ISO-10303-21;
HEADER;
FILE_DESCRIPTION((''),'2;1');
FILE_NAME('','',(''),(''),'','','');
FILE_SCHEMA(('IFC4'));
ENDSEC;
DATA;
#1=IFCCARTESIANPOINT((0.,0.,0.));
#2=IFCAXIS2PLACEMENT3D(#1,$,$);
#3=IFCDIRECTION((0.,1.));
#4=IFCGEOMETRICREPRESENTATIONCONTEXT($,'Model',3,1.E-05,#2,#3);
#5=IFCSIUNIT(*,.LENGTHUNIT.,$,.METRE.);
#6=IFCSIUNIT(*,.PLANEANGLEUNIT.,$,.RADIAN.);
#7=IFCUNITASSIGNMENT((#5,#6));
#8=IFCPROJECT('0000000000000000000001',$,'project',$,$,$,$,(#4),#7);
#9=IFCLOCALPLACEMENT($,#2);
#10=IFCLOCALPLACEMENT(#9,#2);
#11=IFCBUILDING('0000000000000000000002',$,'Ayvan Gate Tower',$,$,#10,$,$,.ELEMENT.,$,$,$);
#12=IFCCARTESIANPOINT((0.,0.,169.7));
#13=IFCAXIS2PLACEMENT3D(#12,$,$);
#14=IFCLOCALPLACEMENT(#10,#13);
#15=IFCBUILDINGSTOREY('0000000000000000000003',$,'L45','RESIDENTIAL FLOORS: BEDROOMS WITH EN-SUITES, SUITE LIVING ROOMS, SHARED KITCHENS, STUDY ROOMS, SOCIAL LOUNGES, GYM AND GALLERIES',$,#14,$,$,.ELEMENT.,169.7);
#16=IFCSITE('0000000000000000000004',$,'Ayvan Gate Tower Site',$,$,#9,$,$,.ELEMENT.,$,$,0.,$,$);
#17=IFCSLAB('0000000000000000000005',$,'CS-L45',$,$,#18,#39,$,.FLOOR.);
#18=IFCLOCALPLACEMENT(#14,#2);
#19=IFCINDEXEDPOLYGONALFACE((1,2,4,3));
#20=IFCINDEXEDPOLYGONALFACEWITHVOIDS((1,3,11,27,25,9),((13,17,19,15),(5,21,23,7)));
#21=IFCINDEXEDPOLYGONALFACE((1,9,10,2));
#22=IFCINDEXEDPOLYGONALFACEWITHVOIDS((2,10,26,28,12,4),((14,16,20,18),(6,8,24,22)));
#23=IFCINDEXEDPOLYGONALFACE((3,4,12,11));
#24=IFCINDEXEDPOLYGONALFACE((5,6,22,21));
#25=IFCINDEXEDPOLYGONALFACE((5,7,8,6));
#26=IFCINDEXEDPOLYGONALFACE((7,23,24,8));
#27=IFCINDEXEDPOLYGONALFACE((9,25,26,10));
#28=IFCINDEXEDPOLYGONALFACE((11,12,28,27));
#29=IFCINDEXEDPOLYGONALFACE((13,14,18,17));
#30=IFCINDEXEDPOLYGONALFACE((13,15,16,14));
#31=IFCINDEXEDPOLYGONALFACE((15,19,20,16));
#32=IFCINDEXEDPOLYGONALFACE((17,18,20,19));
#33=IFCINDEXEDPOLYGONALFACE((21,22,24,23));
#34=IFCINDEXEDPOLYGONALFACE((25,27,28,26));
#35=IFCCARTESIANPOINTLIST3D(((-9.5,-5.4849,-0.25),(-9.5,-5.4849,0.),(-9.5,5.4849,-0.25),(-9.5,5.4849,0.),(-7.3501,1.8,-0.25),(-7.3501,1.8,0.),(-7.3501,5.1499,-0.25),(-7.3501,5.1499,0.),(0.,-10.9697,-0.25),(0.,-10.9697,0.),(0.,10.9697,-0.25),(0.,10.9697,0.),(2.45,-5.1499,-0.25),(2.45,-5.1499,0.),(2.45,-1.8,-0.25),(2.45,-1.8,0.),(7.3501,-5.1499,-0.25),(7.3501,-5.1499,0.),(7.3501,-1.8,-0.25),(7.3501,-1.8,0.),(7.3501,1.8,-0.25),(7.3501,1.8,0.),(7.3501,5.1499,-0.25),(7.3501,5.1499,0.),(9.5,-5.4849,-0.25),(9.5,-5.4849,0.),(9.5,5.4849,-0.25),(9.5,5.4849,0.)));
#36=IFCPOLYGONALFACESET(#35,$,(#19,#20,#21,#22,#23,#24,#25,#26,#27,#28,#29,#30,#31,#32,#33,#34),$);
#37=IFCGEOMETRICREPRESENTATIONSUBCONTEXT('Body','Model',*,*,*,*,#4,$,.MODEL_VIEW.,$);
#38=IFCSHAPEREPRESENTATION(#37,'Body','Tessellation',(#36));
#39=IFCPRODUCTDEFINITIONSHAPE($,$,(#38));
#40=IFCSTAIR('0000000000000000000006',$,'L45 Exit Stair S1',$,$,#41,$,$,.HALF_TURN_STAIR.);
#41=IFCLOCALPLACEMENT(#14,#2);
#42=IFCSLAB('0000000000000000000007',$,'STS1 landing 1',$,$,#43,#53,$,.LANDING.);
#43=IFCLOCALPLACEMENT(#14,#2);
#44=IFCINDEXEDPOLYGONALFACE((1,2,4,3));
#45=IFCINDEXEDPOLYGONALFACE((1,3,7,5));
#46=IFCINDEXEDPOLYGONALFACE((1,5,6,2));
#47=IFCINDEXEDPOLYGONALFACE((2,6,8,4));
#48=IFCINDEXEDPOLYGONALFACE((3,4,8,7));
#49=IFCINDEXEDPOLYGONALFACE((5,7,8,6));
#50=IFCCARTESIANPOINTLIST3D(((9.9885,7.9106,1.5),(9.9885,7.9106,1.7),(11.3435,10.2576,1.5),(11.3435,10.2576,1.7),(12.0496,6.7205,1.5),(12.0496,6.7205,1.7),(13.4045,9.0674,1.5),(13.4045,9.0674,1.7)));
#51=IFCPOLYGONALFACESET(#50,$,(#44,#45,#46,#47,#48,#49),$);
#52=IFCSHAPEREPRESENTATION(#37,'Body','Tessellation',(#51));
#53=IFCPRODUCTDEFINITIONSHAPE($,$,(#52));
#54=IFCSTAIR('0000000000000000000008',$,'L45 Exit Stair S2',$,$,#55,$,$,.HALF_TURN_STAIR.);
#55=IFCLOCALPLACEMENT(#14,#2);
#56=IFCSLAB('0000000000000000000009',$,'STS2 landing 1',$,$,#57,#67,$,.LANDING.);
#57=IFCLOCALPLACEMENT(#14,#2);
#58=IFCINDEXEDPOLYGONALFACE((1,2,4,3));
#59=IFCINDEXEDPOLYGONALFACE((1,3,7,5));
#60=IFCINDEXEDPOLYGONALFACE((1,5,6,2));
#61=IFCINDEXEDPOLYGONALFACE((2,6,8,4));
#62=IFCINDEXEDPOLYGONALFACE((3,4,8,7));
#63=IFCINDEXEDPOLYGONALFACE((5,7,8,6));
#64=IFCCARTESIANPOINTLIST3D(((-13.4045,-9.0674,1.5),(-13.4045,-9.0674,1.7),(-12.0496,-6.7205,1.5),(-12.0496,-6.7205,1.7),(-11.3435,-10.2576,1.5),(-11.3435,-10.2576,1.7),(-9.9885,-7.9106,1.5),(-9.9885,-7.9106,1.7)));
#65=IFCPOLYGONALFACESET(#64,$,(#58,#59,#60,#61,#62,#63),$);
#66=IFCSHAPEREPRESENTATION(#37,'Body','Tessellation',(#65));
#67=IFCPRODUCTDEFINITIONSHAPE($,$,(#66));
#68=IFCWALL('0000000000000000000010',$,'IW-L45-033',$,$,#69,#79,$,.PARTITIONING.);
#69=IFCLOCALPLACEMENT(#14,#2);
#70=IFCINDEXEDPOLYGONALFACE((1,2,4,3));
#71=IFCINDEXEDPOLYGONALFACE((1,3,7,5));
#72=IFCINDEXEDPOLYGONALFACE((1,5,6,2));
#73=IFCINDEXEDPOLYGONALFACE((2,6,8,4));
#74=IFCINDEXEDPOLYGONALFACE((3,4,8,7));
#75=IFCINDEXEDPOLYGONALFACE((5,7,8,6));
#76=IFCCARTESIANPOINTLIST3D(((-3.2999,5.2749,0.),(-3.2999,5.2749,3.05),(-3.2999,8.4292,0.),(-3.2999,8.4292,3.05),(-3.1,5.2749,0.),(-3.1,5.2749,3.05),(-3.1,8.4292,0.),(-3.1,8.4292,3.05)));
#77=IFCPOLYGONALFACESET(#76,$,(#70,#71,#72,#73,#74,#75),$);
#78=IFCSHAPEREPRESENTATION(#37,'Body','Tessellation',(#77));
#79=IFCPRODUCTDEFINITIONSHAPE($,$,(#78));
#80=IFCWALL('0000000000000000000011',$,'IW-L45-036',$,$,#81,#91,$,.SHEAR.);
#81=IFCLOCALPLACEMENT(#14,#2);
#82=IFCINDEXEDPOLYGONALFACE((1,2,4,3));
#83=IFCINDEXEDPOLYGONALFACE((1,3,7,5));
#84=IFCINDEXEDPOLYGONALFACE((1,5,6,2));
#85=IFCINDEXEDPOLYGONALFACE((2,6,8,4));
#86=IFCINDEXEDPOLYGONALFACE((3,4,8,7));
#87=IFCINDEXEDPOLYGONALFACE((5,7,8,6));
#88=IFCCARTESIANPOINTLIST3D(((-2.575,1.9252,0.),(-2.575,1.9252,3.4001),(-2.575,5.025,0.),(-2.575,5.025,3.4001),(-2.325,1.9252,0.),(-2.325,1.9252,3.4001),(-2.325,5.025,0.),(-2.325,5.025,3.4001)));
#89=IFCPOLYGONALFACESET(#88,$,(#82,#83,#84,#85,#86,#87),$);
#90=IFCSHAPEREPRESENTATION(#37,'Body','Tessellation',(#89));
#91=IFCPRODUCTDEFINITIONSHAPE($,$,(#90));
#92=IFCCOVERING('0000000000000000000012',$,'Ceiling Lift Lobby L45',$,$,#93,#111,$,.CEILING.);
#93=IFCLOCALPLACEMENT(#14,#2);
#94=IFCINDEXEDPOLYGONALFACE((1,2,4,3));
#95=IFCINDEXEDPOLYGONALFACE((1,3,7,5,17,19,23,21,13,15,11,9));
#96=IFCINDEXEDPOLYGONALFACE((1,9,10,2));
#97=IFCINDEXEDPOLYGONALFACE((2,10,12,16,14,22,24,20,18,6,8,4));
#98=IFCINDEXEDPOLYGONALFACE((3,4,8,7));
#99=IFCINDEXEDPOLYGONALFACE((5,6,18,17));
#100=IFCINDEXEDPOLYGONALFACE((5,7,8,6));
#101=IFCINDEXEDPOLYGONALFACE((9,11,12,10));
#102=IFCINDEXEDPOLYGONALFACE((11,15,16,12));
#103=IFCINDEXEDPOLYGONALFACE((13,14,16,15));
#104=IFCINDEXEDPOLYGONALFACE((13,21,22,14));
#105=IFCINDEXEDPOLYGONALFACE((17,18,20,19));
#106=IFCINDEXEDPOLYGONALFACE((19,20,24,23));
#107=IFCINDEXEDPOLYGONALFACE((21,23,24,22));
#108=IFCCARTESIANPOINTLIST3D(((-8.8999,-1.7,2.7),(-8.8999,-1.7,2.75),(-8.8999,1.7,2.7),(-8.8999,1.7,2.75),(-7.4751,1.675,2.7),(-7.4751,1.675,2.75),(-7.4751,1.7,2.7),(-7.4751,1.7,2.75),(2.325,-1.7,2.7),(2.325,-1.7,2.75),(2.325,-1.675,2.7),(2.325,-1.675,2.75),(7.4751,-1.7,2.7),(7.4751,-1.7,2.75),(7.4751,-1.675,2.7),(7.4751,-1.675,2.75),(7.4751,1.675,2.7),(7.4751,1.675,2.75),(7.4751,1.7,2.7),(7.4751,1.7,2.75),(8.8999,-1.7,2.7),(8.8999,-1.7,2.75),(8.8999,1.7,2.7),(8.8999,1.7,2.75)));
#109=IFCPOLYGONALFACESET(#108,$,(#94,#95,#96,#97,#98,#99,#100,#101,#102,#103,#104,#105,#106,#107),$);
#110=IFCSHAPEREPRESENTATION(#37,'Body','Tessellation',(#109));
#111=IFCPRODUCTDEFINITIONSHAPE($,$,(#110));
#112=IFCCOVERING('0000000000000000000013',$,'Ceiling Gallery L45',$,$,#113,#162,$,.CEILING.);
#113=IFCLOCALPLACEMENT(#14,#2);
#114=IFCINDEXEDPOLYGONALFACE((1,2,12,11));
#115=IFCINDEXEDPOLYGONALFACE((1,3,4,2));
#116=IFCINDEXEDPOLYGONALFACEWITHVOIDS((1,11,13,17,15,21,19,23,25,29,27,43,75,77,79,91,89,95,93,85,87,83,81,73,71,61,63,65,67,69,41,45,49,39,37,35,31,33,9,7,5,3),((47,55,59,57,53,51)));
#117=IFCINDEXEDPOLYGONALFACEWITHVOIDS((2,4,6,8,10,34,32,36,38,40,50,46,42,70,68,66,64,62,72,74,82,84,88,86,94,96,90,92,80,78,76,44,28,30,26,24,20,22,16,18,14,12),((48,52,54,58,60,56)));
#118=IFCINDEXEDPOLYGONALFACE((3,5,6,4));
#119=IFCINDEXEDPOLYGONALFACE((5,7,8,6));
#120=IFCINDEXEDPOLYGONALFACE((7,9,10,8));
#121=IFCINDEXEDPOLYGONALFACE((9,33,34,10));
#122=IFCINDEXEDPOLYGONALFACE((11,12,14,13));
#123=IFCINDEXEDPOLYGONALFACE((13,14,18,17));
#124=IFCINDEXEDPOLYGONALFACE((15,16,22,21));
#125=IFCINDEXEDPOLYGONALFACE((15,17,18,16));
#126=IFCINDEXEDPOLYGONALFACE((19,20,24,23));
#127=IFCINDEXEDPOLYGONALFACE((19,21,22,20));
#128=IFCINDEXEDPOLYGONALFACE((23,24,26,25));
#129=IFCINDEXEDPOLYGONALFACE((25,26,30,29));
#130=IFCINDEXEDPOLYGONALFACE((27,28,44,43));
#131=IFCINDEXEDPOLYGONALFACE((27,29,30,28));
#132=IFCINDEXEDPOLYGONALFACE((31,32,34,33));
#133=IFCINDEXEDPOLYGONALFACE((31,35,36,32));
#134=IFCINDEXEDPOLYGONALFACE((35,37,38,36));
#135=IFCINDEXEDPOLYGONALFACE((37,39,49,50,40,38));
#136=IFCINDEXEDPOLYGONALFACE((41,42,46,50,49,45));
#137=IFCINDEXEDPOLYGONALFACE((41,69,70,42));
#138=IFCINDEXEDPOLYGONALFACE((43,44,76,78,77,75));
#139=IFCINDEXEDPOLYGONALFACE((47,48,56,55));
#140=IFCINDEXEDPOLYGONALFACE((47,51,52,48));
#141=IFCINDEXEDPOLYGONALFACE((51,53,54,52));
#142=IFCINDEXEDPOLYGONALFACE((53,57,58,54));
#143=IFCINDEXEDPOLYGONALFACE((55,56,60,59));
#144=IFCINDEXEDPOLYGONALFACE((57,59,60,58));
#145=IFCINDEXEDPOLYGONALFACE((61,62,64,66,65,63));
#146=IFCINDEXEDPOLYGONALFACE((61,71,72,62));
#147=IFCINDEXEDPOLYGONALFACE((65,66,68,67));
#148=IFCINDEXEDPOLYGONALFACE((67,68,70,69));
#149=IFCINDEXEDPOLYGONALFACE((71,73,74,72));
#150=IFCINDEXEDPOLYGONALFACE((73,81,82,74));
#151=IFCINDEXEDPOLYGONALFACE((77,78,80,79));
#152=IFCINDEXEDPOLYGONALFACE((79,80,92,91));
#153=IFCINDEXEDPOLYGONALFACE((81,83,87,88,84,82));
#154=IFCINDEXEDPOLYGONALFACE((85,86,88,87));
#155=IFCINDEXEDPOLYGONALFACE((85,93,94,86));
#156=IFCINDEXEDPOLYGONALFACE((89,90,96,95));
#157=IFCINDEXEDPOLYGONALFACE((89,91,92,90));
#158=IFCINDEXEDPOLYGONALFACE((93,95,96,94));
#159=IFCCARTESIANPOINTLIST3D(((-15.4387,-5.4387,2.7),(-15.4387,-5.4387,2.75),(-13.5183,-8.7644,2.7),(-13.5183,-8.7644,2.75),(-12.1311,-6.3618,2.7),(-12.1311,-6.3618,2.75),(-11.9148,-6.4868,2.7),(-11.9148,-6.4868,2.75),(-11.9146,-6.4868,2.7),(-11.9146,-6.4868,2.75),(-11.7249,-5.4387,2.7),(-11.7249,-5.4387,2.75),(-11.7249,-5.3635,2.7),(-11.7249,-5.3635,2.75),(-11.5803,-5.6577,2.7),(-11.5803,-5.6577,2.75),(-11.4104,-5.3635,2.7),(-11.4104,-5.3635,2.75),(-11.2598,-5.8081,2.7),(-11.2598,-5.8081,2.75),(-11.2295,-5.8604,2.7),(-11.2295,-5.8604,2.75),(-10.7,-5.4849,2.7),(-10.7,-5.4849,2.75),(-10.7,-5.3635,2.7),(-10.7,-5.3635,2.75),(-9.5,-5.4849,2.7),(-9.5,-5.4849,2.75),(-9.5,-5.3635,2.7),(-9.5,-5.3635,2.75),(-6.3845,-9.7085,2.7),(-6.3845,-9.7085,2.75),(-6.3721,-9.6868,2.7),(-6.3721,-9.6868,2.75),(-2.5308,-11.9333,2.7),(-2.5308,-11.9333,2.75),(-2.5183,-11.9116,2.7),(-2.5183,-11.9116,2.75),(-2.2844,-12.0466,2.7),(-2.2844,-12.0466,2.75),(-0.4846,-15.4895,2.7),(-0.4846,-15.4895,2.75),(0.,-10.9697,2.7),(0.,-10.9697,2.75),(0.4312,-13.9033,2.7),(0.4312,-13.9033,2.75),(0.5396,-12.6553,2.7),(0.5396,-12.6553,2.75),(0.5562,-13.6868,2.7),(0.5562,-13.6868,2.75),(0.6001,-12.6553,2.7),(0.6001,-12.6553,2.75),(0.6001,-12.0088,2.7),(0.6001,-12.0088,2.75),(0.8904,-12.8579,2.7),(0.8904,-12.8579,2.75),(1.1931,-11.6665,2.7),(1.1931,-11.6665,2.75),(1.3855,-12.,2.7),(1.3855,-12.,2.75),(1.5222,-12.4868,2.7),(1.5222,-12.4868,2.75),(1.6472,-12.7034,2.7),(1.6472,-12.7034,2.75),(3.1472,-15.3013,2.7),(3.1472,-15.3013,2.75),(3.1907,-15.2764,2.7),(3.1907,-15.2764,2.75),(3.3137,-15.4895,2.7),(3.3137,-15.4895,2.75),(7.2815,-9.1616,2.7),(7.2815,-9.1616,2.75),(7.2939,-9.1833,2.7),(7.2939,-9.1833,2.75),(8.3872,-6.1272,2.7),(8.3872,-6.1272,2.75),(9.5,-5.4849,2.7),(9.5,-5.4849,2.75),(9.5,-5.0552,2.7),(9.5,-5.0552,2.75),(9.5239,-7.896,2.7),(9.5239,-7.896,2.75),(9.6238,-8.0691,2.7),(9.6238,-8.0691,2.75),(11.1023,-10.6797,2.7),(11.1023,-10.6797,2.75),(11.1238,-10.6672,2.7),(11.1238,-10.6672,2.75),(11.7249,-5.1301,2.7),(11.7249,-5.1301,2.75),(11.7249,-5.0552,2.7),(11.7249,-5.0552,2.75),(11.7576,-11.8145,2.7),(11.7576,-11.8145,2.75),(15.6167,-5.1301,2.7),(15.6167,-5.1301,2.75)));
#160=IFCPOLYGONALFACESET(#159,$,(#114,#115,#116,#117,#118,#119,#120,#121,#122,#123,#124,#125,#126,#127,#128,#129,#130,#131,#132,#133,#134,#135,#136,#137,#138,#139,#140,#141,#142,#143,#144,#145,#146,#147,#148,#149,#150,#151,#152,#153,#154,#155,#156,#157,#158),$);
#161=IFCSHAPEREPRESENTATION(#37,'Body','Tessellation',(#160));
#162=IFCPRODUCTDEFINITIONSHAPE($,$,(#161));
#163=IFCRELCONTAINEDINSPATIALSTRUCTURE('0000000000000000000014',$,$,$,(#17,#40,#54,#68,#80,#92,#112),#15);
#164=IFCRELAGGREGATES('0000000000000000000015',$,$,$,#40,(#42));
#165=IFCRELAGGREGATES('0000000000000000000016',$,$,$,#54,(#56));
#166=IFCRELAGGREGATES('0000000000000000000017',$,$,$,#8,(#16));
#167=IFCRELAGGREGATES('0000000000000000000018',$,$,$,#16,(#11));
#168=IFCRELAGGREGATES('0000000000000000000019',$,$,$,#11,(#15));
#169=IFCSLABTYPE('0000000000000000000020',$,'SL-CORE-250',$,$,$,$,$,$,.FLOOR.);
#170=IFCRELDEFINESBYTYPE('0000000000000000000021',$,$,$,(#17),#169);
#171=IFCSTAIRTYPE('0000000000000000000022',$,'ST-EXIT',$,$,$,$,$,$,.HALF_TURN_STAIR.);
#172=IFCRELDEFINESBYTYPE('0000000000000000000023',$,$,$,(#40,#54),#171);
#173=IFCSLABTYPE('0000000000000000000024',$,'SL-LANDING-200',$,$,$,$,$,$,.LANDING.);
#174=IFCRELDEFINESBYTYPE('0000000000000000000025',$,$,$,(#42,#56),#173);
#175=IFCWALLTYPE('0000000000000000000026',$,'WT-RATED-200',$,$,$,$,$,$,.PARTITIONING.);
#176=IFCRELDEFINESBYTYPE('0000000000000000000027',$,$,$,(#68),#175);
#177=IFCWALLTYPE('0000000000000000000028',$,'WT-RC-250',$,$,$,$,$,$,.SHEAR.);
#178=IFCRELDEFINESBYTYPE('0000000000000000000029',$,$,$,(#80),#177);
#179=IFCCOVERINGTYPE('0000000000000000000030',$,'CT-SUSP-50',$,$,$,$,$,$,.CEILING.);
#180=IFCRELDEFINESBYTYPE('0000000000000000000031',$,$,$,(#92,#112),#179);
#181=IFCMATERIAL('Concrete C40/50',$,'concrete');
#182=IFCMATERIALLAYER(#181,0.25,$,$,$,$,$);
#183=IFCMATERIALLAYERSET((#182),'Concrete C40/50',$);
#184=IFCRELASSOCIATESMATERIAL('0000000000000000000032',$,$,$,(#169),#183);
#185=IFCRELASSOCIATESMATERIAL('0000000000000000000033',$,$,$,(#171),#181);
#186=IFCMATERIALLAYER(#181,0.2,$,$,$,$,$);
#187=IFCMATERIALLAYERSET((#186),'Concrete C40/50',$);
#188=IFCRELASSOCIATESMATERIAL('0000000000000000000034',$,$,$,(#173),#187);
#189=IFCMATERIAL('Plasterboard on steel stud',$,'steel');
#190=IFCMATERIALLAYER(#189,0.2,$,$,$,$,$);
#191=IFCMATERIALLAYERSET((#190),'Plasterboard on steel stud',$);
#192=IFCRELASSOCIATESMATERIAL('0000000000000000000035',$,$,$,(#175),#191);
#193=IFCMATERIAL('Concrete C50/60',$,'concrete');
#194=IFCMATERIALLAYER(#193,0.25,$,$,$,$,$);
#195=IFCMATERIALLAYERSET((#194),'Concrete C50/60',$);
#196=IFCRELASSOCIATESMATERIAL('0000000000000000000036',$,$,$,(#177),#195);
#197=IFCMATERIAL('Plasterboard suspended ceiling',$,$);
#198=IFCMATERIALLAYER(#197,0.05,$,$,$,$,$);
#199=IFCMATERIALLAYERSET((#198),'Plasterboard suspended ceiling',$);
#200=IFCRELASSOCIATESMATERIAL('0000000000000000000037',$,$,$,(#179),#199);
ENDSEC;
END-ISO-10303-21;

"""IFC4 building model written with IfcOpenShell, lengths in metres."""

from ifc_helpers import new_model, si_unit, direction, frame, frame_2d, origin, place, context, subcontext, project, spatial, polyline, rectangle, outline, extrude, material, layer, layer_set, type_object, element, aggregate, save


model = new_model("IFC4")

# Units and contexts
model_context = context("Model", 3, precision=1e-05, world=origin(), true_north=direction((0.0, 1.0)))
body_context = subcontext(model_context, "Body", "Model", "MODEL_VIEW")
ifc_project = project(units=[si_unit("LENGTHUNIT", "METRE"), si_unit("PLANEANGLEUNIT", "RADIAN")], contexts=[model_context])

# Site, building, storey
site_placement = place(None, origin())
site = spatial("IfcSite", under=ifc_project, at=site_placement, Name="Ayvan Gate Tower Site", CompositionType="ELEMENT", RefElevation=0.0)
building_placement = place(site_placement, origin())
building = spatial("IfcBuilding", under=site, at=building_placement, Name="Ayvan Gate Tower", CompositionType="ELEMENT")
storey_placement = place(building_placement, frame((0.0, 0.0, 169.7)))
storey = spatial("IfcBuildingStorey", under=building, at=storey_placement, Name="L45", Description="RESIDENTIAL FLOORS: BEDROOMS WITH EN-SUITES, SUITE LIVING ROOMS, SHARED KITCHENS, STUDY ROOMS, SOCIAL LOUNGES, GYM AND GALLERIES", CompositionType="ELEMENT", Elevation=169.7)

# Slab
ifc_material_1 = material(Name="Concrete C40/50", Category="concrete")
ifc_layer_1 = layer(ifc_material_1, 0.25)
ifc_layer_set_1 = layer_set([ifc_layer_1], Name="Concrete C40/50")
slab_type_1 = type_object("IfcSlabType", Name="SL-CORE-250", PredefinedType="FLOOR", material=ifc_layer_set_1)
slab_1_placement = place(storey_placement, frame((0.0, 0.0, -0.25)))
element("IfcSlab", 1, at=slab_1_placement, inside=storey, type_object=slab_type_1, Name="CS-L45", PredefinedType="FLOOR", context=body_context, shape_type="SweptSolid", body=[
    extrude(outline(polyline([(9.5, -5.4849), (0.0, -10.9697), (-9.5, -5.4849), (-9.5, 5.4849), (0.0, 10.9697), (9.5, 5.4849), (9.5, -5.4849)]), holes=[polyline([(-7.3501, 5.1499), (-7.3501, 1.8), (7.3501, 1.8), (7.3501, 5.1499), (-7.3501, 5.1499)]), polyline([(2.45, -1.8), (2.45, -5.1499), (7.3501, -5.1499), (7.3501, -1.8), (2.45, -1.8)])]), origin(), (0.0, 0.0, 1.0), 0.25),
])

# Stairs, slabs
stair_type = type_object("IfcStairType", Name="ST-EXIT", PredefinedType="HALF_TURN_STAIR", material=ifc_material_1)
stair_1_placement = place(storey_placement, origin())
stair_1 = element("IfcStair", 2, at=stair_1_placement, inside=storey, type_object=stair_type, Name="L45 Exit Stair S1", PredefinedType="HALF_TURN_STAIR")
ifc_layer_2 = layer(ifc_material_1, 0.2)
ifc_layer_set_2 = layer_set([ifc_layer_2], Name="Concrete C40/50")
slab_type_2 = type_object("IfcSlabType", Name="SL-LANDING-200", PredefinedType="LANDING", material=ifc_layer_set_2)
slab_2_placement = place(storey_placement, frame((0.0, 0.0, 1.5)))
slab_2 = element("IfcSlab", 3, at=slab_2_placement, type_object=slab_type_2, Name="STS1 landing 1", PredefinedType="LANDING", context=body_context, shape_type="SweptSolid", body=[
    extrude(outline(polyline([(9.9885, 7.9106), (12.0496, 6.7205), (13.4045, 9.0674), (11.3435, 10.2576), (9.9885, 7.9106)])), origin(), (0.0, 0.0, 1.0), 0.2),
])
aggregate(stair_1, [slab_2])
stair_2_placement = place(storey_placement, origin())
stair_2 = element("IfcStair", 4, at=stair_2_placement, inside=storey, type_object=stair_type, Name="L45 Exit Stair S2", PredefinedType="HALF_TURN_STAIR")
slab_3_placement = place(storey_placement, frame((0.0, 0.0, 1.5)))
slab_3 = element("IfcSlab", 5, at=slab_3_placement, type_object=slab_type_2, Name="STS2 landing 1", PredefinedType="LANDING", context=body_context, shape_type="SweptSolid", body=[
    extrude(outline(polyline([(-9.9885, -7.9106), (-12.0496, -6.7205), (-13.4045, -9.0674), (-11.3435, -10.2576), (-9.9885, -7.9106)])), origin(), (0.0, 0.0, 1.0), 0.2),
])
aggregate(stair_2, [slab_3])

# Walls
ifc_material_2 = material(Name="Plasterboard on steel stud", Category="steel")
ifc_layer_3 = layer(ifc_material_2, 0.2)
ifc_layer_set_3 = layer_set([ifc_layer_3], Name="Plasterboard on steel stud")
wall_type_1 = type_object("IfcWallType", Name="WT-RATED-200", PredefinedType="PARTITIONING", material=ifc_layer_set_3)
wall_1_placement = place(storey_placement, frame((-3.2, 8.4292, 0.0), z_axis=(0.0, 0.0, 1.0), x_axis=(0.0, -1.0, 0.0)))
element("IfcWall", 6, at=wall_1_placement, inside=storey, type_object=wall_type_1, Name="IW-L45-033", PredefinedType="PARTITIONING", context=body_context, shape_type="SweptSolid", body=[
    extrude(rectangle(XDim=3.1543, YDim=0.2, at=frame_2d((1.5771, 0.0))), origin(), (0.0, 0.0, 1.0), 3.05),
])
ifc_material_3 = material(Name="Concrete C50/60", Category="concrete")
ifc_layer_4 = layer(ifc_material_3, 0.25)
ifc_layer_set_4 = layer_set([ifc_layer_4], Name="Concrete C50/60")
wall_type_2 = type_object("IfcWallType", Name="WT-RC-250", PredefinedType="SHEAR", material=ifc_layer_set_4)
wall_2_placement = place(storey_placement, frame((-2.45, 5.0249, 0.0), z_axis=(0.0, 0.0, 1.0), x_axis=(0.0, -1.0, 0.0)))
element("IfcWall", 7, at=wall_2_placement, inside=storey, type_object=wall_type_2, Name="IW-L45-036", PredefinedType="SHEAR", context=body_context, shape_type="SweptSolid", body=[
    extrude(rectangle(XDim=3.0999, YDim=0.25, at=frame_2d((1.5498, 0.0))), origin(), (0.0, 0.0, 1.0), 3.4001),
])

# Coverings
ifc_material_4 = material(Name="Plasterboard suspended ceiling")
ifc_layer_5 = layer(ifc_material_4, 0.05)
ifc_layer_set_5 = layer_set([ifc_layer_5], Name="Plasterboard suspended ceiling")
covering_type = type_object("IfcCoveringType", Name="CT-SUSP-50", PredefinedType="CEILING", material=ifc_layer_set_5)
covering_1_placement = place(storey_placement, frame((0.0, 0.0, 2.7)))
element("IfcCovering", 8, at=covering_1_placement, inside=storey, type_object=covering_type, Name="Ceiling Lift Lobby L45", PredefinedType="CEILING", context=body_context, shape_type="SweptSolid", body=[
    extrude(outline(polyline([(7.4751, -1.675), (2.325, -1.675), (2.325, -1.7), (-8.8999, -1.7), (-8.8999, 1.7), (-7.4751, 1.7), (-7.4751, 1.675), (7.4751, 1.675), (7.4751, 1.7), (8.8999, 1.7), (8.8999, -1.7), (7.4751, -1.7), (7.4751, -1.675)])), origin(), (0.0, 0.0, 1.0), 0.05),
])
covering_2_placement = place(storey_placement, frame((0.0, 0.0, 2.7)))
element("IfcCovering", 9, at=covering_2_placement, inside=storey, type_object=covering_type, Name="Ceiling Gallery L45", PredefinedType="CEILING", context=body_context, shape_type="SweptSolid", body=[
    extrude(outline(polyline([(-11.9148, -6.4868), (-12.1311, -6.3618), (-13.5183, -8.7644), (-15.4387, -5.4387), (-11.7249, -5.4387), (-11.7249, -5.3635), (-11.4104, -5.3635), (-11.5803, -5.6577), (-11.2295, -5.8604), (-11.2598, -5.8081), (-10.7, -5.4849), (-10.7, -5.3635), (-9.5, -5.3635), (-9.5, -5.4849), (0.0, -10.9697), (8.3872, -6.1272), (9.5, -5.4849), (9.5, -5.0552), (11.7249, -5.0552), (11.7249, -5.1301), (15.6167, -5.1301), (11.7576, -11.8145), (11.1023, -10.6797), (11.1238, -10.6672), (9.6238, -8.0691), (9.5239, -7.896), (7.2939, -9.1833), (7.2815, -9.1616), (1.5222, -12.4868), (1.6472, -12.7034), (3.1472, -15.3013), (3.1907, -15.2764), (3.3137, -15.4895), (-0.4846, -15.4895), (0.4312, -13.9033), (0.5562, -13.6868), (-2.2844, -12.0466), (-2.5183, -11.9116), (-2.5308, -11.9333), (-6.3845, -9.7085), (-6.3721, -9.6868), (-11.9146, -6.4868), (-11.9148, -6.4868)]), holes=[polyline([(0.6001, -12.6553), (0.5396, -12.6553), (0.8904, -12.8579), (1.3855, -12.0), (1.1931, -11.6665), (0.6001, -12.0088), (0.6001, -12.6553)])]), origin(), (0.0, 0.0, 1.0), 0.05),
])

save(model, "model.ifc")
